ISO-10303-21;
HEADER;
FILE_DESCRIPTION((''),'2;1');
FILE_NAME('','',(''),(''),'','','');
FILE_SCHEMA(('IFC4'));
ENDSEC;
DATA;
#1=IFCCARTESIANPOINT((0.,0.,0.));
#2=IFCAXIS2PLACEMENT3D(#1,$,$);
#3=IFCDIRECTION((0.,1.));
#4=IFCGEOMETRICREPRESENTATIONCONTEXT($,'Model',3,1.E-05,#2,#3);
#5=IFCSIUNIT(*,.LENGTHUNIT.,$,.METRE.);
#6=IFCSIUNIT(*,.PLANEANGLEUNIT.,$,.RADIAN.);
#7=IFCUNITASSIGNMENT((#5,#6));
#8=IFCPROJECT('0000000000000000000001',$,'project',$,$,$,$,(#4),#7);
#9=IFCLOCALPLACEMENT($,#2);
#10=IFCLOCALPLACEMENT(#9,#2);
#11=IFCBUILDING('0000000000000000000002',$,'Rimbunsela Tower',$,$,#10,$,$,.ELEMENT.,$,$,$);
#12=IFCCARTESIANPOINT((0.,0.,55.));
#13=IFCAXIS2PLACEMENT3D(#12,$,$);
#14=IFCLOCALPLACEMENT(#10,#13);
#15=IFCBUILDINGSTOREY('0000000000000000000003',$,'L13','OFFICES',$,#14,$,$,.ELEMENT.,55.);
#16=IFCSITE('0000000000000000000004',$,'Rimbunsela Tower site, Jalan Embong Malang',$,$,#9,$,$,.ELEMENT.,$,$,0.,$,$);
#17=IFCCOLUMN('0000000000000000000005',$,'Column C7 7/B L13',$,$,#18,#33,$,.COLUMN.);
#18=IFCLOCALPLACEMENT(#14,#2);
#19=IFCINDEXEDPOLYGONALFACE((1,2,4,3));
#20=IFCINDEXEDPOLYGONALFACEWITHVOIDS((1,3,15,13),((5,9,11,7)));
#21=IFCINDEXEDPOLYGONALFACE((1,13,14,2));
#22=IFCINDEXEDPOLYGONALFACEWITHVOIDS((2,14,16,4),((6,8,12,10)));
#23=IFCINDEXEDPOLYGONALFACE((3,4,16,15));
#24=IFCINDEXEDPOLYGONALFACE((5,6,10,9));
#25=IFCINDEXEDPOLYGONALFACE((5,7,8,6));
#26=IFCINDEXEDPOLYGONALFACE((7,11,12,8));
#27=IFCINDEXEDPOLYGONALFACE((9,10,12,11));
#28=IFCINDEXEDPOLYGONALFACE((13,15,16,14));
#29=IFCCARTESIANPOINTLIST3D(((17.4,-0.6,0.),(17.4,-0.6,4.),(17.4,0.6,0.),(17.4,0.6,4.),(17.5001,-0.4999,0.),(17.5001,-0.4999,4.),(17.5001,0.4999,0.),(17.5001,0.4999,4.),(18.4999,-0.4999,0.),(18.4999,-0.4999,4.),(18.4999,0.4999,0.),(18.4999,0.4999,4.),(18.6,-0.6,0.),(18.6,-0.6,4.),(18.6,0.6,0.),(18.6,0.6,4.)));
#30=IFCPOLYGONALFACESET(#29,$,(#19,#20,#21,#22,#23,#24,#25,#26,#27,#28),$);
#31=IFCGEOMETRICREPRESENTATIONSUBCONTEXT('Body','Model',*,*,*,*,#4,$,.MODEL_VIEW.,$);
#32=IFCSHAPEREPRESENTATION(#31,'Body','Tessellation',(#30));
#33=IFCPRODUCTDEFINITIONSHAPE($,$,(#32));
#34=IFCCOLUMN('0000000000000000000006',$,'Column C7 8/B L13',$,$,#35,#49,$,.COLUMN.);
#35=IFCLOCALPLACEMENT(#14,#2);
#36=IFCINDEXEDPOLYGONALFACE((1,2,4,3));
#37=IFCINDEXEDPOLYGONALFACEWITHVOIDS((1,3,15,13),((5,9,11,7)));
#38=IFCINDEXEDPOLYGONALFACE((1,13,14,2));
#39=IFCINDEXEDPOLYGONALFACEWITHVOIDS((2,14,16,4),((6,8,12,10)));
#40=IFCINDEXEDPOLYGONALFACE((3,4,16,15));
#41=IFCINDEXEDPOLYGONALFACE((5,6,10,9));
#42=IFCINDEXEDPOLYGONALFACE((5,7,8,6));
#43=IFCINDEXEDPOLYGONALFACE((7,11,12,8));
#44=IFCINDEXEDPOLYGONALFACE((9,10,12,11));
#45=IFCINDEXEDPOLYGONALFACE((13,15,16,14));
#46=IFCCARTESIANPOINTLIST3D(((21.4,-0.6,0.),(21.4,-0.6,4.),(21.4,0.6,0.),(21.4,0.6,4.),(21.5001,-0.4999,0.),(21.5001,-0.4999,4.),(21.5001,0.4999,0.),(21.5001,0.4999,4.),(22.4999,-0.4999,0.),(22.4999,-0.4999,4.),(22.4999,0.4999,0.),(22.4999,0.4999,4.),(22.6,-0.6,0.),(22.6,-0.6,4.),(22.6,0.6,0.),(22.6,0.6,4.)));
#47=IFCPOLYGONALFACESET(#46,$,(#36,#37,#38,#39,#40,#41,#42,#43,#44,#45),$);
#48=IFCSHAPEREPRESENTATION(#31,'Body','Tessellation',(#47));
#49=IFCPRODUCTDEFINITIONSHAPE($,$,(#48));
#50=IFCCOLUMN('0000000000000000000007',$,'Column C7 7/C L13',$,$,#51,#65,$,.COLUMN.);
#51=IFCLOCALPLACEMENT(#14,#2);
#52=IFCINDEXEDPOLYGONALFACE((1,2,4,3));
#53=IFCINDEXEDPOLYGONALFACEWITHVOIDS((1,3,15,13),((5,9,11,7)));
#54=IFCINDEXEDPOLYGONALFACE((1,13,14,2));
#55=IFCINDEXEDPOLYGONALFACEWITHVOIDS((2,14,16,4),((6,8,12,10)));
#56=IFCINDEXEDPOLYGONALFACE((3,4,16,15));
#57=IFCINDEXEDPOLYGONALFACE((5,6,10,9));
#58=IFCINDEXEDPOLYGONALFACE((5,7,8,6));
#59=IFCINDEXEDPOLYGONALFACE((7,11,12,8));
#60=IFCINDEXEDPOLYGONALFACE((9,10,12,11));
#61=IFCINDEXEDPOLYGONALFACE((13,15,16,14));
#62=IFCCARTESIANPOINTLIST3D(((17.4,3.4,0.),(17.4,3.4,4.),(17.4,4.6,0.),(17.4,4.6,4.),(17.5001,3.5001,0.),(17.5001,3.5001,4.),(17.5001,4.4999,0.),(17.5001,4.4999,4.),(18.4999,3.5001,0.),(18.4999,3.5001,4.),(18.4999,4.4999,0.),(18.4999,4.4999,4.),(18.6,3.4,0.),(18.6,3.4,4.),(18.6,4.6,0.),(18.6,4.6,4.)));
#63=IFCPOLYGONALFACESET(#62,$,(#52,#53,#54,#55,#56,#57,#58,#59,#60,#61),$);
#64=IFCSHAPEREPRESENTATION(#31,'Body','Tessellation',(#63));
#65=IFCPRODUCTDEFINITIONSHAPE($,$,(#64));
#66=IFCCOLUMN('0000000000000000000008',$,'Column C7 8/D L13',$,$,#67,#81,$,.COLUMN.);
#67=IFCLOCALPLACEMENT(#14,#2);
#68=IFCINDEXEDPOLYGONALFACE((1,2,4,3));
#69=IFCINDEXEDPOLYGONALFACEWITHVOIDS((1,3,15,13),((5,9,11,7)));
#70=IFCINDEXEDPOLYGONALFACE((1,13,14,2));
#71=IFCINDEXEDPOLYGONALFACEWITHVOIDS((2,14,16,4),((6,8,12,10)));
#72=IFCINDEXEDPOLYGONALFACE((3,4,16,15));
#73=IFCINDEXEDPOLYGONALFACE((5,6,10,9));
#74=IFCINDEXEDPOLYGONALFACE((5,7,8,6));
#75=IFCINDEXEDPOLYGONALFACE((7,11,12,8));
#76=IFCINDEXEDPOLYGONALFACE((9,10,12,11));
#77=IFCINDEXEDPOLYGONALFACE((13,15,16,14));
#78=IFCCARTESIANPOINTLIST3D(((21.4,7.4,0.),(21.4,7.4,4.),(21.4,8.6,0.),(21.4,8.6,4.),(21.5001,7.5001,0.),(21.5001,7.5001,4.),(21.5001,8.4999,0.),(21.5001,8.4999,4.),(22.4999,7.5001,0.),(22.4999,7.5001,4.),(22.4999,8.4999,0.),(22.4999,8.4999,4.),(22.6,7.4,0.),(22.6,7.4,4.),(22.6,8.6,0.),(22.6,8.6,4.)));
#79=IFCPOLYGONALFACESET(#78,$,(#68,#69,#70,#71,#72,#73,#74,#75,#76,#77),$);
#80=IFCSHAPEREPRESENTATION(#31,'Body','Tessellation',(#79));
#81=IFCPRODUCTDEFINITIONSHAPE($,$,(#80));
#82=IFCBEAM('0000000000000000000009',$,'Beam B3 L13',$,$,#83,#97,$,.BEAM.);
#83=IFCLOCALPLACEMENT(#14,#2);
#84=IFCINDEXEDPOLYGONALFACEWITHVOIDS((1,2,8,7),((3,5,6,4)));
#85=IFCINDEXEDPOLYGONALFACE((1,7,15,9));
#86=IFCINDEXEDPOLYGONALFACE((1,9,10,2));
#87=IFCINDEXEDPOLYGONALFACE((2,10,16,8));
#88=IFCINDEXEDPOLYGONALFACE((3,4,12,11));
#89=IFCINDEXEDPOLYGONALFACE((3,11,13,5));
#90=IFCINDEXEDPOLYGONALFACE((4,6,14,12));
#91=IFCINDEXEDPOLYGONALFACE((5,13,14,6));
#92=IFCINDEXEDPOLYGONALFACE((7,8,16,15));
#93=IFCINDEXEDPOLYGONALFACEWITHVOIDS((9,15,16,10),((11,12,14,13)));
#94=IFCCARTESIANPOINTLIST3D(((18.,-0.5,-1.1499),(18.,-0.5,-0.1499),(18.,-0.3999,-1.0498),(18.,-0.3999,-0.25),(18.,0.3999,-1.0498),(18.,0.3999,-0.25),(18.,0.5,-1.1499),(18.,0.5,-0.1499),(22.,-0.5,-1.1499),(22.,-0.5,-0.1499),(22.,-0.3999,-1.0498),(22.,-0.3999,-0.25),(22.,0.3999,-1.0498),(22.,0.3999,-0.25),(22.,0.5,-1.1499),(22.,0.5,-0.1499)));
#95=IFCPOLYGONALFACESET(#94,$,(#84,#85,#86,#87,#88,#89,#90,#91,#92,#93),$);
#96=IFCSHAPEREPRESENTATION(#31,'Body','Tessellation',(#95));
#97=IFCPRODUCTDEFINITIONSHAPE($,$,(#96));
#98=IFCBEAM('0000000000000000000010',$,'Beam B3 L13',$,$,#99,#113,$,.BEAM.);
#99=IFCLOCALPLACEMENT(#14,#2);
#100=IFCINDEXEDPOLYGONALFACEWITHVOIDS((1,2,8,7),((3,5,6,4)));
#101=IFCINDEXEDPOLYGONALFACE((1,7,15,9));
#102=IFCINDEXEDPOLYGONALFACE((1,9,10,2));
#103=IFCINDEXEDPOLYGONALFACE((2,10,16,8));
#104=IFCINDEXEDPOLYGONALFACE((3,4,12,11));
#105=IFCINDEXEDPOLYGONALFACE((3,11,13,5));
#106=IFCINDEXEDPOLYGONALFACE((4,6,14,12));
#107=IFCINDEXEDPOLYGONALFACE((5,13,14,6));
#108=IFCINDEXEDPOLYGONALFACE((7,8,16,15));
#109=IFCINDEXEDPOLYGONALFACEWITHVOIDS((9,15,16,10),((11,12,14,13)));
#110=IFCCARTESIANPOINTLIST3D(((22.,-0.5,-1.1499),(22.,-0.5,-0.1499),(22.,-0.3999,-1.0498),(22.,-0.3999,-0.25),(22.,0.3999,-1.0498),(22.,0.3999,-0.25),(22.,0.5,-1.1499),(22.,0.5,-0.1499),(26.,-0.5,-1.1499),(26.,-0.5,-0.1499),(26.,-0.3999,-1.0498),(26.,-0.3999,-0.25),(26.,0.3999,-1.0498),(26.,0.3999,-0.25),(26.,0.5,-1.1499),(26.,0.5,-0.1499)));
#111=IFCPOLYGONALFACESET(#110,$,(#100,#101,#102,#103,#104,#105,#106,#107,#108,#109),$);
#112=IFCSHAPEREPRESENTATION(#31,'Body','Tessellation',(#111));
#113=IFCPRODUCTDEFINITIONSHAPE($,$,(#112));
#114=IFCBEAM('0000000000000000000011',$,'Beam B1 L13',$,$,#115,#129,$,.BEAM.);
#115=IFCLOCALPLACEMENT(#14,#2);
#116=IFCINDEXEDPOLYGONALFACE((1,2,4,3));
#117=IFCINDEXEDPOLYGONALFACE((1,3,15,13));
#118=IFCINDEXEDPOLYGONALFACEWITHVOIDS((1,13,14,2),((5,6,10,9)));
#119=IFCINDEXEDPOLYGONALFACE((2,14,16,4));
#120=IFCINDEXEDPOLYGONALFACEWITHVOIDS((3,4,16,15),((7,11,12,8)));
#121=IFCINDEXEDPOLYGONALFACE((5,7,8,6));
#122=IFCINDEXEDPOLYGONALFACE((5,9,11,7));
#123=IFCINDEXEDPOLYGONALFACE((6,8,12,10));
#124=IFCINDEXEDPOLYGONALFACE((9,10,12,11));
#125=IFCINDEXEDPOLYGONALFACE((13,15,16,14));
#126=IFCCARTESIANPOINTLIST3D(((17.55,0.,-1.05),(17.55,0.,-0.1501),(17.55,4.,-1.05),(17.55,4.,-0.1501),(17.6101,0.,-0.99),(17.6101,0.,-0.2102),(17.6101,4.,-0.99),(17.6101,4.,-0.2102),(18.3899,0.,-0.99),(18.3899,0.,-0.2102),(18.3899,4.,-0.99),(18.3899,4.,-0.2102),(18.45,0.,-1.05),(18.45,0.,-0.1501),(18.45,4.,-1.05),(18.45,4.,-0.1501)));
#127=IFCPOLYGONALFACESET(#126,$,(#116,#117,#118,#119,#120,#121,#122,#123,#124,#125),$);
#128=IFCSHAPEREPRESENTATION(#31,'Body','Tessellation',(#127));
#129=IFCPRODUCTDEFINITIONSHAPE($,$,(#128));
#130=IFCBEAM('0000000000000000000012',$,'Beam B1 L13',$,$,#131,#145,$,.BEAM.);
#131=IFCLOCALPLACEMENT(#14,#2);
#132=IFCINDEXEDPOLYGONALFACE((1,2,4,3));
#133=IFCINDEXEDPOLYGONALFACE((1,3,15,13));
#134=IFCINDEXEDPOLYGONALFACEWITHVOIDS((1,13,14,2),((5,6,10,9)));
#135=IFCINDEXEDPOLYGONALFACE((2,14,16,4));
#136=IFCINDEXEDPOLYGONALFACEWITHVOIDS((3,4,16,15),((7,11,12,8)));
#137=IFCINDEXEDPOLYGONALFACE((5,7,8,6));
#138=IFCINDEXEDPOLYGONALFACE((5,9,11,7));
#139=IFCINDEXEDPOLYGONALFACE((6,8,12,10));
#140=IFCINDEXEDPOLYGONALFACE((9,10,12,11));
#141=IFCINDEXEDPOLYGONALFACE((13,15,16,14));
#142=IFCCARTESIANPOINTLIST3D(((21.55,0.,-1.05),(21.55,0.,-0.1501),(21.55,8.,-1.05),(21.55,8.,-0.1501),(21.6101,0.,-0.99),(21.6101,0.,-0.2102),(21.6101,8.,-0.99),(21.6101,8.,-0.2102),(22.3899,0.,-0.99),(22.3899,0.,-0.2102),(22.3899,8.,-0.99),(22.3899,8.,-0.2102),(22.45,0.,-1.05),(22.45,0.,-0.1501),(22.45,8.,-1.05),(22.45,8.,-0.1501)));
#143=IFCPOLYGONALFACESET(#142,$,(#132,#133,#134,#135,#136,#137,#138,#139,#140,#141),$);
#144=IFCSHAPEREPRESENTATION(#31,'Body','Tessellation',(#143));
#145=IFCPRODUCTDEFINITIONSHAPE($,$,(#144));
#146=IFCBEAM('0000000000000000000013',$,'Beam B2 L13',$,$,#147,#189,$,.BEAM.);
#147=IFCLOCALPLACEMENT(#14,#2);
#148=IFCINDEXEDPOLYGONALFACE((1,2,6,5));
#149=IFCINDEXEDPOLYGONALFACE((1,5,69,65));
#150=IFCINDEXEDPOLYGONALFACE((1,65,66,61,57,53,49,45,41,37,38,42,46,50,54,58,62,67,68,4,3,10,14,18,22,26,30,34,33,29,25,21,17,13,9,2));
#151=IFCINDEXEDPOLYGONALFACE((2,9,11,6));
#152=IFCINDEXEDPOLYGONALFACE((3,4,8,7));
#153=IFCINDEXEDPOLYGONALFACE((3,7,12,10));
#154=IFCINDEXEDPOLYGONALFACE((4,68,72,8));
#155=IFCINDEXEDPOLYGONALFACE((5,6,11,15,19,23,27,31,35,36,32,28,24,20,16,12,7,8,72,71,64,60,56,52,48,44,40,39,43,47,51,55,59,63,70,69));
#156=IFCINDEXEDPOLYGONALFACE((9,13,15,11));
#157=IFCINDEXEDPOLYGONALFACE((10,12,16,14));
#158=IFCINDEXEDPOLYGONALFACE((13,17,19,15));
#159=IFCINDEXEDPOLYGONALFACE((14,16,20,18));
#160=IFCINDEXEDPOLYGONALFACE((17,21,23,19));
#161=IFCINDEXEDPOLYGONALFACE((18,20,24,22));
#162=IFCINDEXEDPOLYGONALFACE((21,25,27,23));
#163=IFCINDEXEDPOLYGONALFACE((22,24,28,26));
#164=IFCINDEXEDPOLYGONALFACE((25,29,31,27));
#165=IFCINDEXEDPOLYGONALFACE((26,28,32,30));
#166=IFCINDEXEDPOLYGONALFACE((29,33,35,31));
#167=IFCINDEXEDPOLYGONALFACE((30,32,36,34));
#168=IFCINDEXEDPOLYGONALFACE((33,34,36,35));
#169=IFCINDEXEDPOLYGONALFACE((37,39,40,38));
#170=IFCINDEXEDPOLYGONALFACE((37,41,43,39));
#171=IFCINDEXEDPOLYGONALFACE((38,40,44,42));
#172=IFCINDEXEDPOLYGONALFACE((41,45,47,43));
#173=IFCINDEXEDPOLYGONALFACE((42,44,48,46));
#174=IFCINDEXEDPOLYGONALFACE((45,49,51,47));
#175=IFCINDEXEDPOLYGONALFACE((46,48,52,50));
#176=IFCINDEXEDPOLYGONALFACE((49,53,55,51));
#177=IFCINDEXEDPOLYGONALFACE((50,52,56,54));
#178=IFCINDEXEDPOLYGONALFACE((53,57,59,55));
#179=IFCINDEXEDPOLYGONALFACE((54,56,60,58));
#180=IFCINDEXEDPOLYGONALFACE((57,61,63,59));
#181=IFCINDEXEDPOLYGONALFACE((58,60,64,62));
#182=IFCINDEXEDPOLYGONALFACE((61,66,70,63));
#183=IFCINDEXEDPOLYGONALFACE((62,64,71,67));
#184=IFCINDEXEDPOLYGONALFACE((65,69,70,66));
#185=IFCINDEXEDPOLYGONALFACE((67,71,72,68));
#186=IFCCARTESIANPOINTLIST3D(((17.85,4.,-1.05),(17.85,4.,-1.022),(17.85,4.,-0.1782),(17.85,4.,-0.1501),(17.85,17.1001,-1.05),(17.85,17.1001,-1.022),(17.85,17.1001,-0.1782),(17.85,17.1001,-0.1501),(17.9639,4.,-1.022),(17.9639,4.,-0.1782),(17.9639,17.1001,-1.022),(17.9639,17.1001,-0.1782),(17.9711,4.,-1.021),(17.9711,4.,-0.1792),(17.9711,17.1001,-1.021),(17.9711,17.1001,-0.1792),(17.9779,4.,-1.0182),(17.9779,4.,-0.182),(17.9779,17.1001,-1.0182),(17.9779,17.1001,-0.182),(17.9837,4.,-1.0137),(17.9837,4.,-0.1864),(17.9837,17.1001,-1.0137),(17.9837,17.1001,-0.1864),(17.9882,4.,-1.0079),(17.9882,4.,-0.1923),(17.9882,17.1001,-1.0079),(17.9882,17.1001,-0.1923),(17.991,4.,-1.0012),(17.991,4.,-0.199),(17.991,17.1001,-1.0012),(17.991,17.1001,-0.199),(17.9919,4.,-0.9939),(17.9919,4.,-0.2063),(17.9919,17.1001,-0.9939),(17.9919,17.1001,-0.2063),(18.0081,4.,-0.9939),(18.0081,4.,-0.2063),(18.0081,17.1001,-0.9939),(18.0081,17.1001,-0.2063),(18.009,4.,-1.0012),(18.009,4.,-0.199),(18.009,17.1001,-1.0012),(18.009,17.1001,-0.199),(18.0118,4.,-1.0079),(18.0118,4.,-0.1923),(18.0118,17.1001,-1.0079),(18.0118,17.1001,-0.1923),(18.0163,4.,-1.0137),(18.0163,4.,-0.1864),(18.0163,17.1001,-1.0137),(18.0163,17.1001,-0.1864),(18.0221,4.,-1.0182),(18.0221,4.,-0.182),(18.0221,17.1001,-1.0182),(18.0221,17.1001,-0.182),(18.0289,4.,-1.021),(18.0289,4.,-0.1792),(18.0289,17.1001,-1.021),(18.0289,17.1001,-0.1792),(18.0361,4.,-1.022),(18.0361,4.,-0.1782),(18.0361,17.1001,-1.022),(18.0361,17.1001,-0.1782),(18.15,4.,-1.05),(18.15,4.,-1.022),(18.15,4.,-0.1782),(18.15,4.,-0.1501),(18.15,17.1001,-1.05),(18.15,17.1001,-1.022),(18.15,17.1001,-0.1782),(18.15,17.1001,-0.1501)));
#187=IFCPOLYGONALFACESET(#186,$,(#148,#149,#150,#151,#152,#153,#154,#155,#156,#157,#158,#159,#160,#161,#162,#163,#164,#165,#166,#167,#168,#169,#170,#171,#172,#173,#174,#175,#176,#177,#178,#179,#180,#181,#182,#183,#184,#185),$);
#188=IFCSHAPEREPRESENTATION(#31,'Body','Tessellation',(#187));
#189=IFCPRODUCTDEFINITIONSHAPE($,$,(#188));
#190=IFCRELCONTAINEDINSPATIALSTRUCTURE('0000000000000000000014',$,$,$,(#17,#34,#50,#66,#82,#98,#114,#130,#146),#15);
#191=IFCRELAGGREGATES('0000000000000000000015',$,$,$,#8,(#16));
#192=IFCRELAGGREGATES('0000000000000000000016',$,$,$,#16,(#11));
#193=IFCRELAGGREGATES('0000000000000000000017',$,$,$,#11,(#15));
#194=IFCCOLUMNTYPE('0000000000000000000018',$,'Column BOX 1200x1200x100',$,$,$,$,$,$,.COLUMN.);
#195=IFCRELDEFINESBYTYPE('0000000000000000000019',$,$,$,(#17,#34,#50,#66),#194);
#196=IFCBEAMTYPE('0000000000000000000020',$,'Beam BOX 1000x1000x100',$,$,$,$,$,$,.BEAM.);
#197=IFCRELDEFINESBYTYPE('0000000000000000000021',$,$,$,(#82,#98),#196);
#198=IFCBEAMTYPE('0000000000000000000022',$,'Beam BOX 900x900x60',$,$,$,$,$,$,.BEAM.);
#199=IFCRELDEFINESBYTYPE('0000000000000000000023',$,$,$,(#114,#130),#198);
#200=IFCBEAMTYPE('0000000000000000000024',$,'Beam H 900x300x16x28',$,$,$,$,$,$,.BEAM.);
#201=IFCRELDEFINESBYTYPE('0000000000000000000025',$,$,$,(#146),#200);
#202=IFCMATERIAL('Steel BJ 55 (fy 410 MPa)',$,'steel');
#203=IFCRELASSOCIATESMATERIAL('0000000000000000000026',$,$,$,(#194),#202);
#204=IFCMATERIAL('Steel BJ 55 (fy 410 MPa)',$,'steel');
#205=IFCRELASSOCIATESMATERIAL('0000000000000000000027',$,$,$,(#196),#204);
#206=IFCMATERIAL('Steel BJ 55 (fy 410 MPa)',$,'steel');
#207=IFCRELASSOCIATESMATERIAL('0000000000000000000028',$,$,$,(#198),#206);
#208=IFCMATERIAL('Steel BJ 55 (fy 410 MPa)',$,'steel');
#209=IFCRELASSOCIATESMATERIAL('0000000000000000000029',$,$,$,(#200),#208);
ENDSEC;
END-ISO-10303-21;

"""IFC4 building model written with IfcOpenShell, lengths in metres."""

from ifc_helpers import new_model, si_unit, direction, frame, origin, origin_2d, place, context, subcontext, project, spatial, hollow_rectangle, i_section, extrude, material, material_profile, profile_set, type_object, element, save


model = new_model("IFC4")

# Units and contexts
model_context = context("Model", 3, precision=1e-05, world=origin(), true_north=direction((0.0, 1.0)))
body_context = subcontext(model_context, "Body", "Model", "MODEL_VIEW")
ifc_project = project(units=[si_unit("LENGTHUNIT", "METRE"), si_unit("PLANEANGLEUNIT", "RADIAN")], contexts=[model_context])

# Site, building, storey
site_placement = place(None, origin())
site = spatial("IfcSite", under=ifc_project, at=site_placement, Name="Rimbunsela Tower site, Jalan Embong Malang", CompositionType="ELEMENT", RefElevation=0.0)
building_placement = place(site_placement, origin())
building = spatial("IfcBuilding", under=site, at=building_placement, Name="Rimbunsela Tower", CompositionType="ELEMENT")
storey_placement = place(building_placement, frame((0.0, 0.0, 55.0)))
storey = spatial("IfcBuildingStorey", under=building, at=storey_placement, Name="L13", Description="OFFICES", CompositionType="ELEMENT", Elevation=55.0)

# Columns
ifc_material_1 = material(Name="Steel BJ 55 (fy 410 MPa)", Category="steel")
ifc_material_profile_1 = material_profile(ifc_material_1, hollow_rectangle(XDim=1.2, YDim=1.2, WallThickness=0.1001, at=origin_2d()), Name="BOX 1200x1200x100")
ifc_profile_set_1 = profile_set([ifc_material_profile_1], Name="Steel BJ 55 (fy 410 MPa)")
column_type = type_object("IfcColumnType", Name="Column BOX 1200x1200x100", PredefinedType="COLUMN", material=ifc_profile_set_1)
for number, where, z_axis, x_axis, name in (
    (1, (18.0, 0.0, 0.0), (0.0, 0.0, 1.0), (1.0, 0.0, 0.0), "Column C7 7/B L13"),
    (2, (22.0, 0.0, 0.0), (0.0, 0.0, 1.0), (1.0, 0.0, 0.0), "Column C7 8/B L13"),
    (3, (18.0, 4.0, 0.0), (0.0, 0.0, 1.0), (1.0, 0.0, 0.0), "Column C7 7/C L13"),
    (4, (22.0, 8.0, 0.0), (0.0, 0.0, 1.0), (1.0, 0.0, 0.0), "Column C7 8/D L13"),
):
    element("IfcColumn", number, at=place(storey_placement, frame(where, z_axis=z_axis, x_axis=x_axis)), inside=storey, type_object=column_type, Name=name, PredefinedType="COLUMN", context=body_context, shape_type="SweptSolid", body=[
        extrude(hollow_rectangle(XDim=1.2, YDim=1.2, WallThickness=0.1001, at=origin_2d()), origin(), (0.0, 0.0, 1.0), 4.0),
    ])

# Beams
ifc_material_2 = material(Name="Steel BJ 55 (fy 410 MPa)", Category="steel")
ifc_material_profile_2 = material_profile(ifc_material_2, hollow_rectangle(XDim=1.0, YDim=1.0, WallThickness=0.1001, at=origin_2d()), Name="BOX 1000x1000x100")
ifc_profile_set_2 = profile_set([ifc_material_profile_2], Name="Steel BJ 55 (fy 410 MPa)")
beam_type_1 = type_object("IfcBeamType", Name="Beam BOX 1000x1000x100", PredefinedType="BEAM", material=ifc_profile_set_2)
for number, where, z_axis, x_axis, name in (
    (5, (18.0, 0.0, -0.6499), (1.0, 0.0, 0.0), (0.0, 1.0, 0.0), "Beam B3 L13"),
    (6, (22.0, 0.0, -0.6499), (1.0, 0.0, 0.0), (0.0, 1.0, 0.0), "Beam B3 L13"),
):
    element("IfcBeam", number, at=place(storey_placement, frame(where, z_axis=z_axis, x_axis=x_axis)), inside=storey, type_object=beam_type_1, Name=name, PredefinedType="BEAM", context=body_context, shape_type="SweptSolid", body=[
        extrude(hollow_rectangle(XDim=1.0, YDim=1.0, WallThickness=0.1001, at=origin_2d()), origin(), (0.0, 0.0, 1.0), 4.0),
    ])
ifc_material_3 = material(Name="Steel BJ 55 (fy 410 MPa)", Category="steel")
ifc_material_profile_3 = material_profile(ifc_material_3, hollow_rectangle(XDim=0.8999, YDim=0.8999, WallThickness=0.0601, at=origin_2d()), Name="BOX 900x900x60")
ifc_profile_set_3 = profile_set([ifc_material_profile_3], Name="Steel BJ 55 (fy 410 MPa)")
beam_type_2 = type_object("IfcBeamType", Name="Beam BOX 900x900x60", PredefinedType="BEAM", material=ifc_profile_set_3)
beam_1_placement = place(storey_placement, frame((18.0, 0.0, -0.6001), z_axis=(0.0, 1.0, 0.0), x_axis=(-1.0, 0.0, 0.0)))
element("IfcBeam", 7, at=beam_1_placement, inside=storey, type_object=beam_type_2, Name="Beam B1 L13", PredefinedType="BEAM", context=body_context, shape_type="SweptSolid", body=[
    extrude(hollow_rectangle(XDim=0.8999, YDim=0.8999, WallThickness=0.0601, at=origin_2d()), origin(), (0.0, 0.0, 1.0), 4.0),
])
beam_2_placement = place(storey_placement, frame((22.0, 0.0, -0.6001), z_axis=(0.0, 1.0, 0.0), x_axis=(-1.0, 0.0, 0.0)))
element("IfcBeam", 8, at=beam_2_placement, inside=storey, type_object=beam_type_2, Name="Beam B1 L13", PredefinedType="BEAM", context=body_context, shape_type="SweptSolid", body=[
    extrude(hollow_rectangle(XDim=0.8999, YDim=0.8999, WallThickness=0.0601, at=origin_2d()), origin(), (0.0, 0.0, 1.0), 8.0),
])
ifc_material_4 = material(Name="Steel BJ 55 (fy 410 MPa)", Category="steel")
ifc_material_profile_4 = material_profile(ifc_material_4, i_section(OverallWidth=0.3, OverallDepth=0.8999, WebThickness=0.0161, FlangeThickness=0.0281, FilletRadius=0.0281, at=origin_2d()), Name="H 900x300x16x28")
ifc_profile_set_4 = profile_set([ifc_material_profile_4], Name="Steel BJ 55 (fy 410 MPa)")
beam_type_3 = type_object("IfcBeamType", Name="Beam H 900x300x16x28", PredefinedType="BEAM", material=ifc_profile_set_4)
beam_3_placement = place(storey_placement, frame((18.0, 4.0, -0.6001), z_axis=(0.0, 1.0, 0.0), x_axis=(-1.0, 0.0, 0.0)))
element("IfcBeam", 9, at=beam_3_placement, inside=storey, type_object=beam_type_3, Name="Beam B2 L13", PredefinedType="BEAM", context=body_context, shape_type="SweptSolid", body=[
    extrude(i_section(OverallWidth=0.3, OverallDepth=0.8999, WebThickness=0.0161, FlangeThickness=0.0281, FilletRadius=0.0281, at=origin_2d()), origin(), (0.0, 0.0, 1.0), 13.1001),
])

save(model, "model.ifc")
